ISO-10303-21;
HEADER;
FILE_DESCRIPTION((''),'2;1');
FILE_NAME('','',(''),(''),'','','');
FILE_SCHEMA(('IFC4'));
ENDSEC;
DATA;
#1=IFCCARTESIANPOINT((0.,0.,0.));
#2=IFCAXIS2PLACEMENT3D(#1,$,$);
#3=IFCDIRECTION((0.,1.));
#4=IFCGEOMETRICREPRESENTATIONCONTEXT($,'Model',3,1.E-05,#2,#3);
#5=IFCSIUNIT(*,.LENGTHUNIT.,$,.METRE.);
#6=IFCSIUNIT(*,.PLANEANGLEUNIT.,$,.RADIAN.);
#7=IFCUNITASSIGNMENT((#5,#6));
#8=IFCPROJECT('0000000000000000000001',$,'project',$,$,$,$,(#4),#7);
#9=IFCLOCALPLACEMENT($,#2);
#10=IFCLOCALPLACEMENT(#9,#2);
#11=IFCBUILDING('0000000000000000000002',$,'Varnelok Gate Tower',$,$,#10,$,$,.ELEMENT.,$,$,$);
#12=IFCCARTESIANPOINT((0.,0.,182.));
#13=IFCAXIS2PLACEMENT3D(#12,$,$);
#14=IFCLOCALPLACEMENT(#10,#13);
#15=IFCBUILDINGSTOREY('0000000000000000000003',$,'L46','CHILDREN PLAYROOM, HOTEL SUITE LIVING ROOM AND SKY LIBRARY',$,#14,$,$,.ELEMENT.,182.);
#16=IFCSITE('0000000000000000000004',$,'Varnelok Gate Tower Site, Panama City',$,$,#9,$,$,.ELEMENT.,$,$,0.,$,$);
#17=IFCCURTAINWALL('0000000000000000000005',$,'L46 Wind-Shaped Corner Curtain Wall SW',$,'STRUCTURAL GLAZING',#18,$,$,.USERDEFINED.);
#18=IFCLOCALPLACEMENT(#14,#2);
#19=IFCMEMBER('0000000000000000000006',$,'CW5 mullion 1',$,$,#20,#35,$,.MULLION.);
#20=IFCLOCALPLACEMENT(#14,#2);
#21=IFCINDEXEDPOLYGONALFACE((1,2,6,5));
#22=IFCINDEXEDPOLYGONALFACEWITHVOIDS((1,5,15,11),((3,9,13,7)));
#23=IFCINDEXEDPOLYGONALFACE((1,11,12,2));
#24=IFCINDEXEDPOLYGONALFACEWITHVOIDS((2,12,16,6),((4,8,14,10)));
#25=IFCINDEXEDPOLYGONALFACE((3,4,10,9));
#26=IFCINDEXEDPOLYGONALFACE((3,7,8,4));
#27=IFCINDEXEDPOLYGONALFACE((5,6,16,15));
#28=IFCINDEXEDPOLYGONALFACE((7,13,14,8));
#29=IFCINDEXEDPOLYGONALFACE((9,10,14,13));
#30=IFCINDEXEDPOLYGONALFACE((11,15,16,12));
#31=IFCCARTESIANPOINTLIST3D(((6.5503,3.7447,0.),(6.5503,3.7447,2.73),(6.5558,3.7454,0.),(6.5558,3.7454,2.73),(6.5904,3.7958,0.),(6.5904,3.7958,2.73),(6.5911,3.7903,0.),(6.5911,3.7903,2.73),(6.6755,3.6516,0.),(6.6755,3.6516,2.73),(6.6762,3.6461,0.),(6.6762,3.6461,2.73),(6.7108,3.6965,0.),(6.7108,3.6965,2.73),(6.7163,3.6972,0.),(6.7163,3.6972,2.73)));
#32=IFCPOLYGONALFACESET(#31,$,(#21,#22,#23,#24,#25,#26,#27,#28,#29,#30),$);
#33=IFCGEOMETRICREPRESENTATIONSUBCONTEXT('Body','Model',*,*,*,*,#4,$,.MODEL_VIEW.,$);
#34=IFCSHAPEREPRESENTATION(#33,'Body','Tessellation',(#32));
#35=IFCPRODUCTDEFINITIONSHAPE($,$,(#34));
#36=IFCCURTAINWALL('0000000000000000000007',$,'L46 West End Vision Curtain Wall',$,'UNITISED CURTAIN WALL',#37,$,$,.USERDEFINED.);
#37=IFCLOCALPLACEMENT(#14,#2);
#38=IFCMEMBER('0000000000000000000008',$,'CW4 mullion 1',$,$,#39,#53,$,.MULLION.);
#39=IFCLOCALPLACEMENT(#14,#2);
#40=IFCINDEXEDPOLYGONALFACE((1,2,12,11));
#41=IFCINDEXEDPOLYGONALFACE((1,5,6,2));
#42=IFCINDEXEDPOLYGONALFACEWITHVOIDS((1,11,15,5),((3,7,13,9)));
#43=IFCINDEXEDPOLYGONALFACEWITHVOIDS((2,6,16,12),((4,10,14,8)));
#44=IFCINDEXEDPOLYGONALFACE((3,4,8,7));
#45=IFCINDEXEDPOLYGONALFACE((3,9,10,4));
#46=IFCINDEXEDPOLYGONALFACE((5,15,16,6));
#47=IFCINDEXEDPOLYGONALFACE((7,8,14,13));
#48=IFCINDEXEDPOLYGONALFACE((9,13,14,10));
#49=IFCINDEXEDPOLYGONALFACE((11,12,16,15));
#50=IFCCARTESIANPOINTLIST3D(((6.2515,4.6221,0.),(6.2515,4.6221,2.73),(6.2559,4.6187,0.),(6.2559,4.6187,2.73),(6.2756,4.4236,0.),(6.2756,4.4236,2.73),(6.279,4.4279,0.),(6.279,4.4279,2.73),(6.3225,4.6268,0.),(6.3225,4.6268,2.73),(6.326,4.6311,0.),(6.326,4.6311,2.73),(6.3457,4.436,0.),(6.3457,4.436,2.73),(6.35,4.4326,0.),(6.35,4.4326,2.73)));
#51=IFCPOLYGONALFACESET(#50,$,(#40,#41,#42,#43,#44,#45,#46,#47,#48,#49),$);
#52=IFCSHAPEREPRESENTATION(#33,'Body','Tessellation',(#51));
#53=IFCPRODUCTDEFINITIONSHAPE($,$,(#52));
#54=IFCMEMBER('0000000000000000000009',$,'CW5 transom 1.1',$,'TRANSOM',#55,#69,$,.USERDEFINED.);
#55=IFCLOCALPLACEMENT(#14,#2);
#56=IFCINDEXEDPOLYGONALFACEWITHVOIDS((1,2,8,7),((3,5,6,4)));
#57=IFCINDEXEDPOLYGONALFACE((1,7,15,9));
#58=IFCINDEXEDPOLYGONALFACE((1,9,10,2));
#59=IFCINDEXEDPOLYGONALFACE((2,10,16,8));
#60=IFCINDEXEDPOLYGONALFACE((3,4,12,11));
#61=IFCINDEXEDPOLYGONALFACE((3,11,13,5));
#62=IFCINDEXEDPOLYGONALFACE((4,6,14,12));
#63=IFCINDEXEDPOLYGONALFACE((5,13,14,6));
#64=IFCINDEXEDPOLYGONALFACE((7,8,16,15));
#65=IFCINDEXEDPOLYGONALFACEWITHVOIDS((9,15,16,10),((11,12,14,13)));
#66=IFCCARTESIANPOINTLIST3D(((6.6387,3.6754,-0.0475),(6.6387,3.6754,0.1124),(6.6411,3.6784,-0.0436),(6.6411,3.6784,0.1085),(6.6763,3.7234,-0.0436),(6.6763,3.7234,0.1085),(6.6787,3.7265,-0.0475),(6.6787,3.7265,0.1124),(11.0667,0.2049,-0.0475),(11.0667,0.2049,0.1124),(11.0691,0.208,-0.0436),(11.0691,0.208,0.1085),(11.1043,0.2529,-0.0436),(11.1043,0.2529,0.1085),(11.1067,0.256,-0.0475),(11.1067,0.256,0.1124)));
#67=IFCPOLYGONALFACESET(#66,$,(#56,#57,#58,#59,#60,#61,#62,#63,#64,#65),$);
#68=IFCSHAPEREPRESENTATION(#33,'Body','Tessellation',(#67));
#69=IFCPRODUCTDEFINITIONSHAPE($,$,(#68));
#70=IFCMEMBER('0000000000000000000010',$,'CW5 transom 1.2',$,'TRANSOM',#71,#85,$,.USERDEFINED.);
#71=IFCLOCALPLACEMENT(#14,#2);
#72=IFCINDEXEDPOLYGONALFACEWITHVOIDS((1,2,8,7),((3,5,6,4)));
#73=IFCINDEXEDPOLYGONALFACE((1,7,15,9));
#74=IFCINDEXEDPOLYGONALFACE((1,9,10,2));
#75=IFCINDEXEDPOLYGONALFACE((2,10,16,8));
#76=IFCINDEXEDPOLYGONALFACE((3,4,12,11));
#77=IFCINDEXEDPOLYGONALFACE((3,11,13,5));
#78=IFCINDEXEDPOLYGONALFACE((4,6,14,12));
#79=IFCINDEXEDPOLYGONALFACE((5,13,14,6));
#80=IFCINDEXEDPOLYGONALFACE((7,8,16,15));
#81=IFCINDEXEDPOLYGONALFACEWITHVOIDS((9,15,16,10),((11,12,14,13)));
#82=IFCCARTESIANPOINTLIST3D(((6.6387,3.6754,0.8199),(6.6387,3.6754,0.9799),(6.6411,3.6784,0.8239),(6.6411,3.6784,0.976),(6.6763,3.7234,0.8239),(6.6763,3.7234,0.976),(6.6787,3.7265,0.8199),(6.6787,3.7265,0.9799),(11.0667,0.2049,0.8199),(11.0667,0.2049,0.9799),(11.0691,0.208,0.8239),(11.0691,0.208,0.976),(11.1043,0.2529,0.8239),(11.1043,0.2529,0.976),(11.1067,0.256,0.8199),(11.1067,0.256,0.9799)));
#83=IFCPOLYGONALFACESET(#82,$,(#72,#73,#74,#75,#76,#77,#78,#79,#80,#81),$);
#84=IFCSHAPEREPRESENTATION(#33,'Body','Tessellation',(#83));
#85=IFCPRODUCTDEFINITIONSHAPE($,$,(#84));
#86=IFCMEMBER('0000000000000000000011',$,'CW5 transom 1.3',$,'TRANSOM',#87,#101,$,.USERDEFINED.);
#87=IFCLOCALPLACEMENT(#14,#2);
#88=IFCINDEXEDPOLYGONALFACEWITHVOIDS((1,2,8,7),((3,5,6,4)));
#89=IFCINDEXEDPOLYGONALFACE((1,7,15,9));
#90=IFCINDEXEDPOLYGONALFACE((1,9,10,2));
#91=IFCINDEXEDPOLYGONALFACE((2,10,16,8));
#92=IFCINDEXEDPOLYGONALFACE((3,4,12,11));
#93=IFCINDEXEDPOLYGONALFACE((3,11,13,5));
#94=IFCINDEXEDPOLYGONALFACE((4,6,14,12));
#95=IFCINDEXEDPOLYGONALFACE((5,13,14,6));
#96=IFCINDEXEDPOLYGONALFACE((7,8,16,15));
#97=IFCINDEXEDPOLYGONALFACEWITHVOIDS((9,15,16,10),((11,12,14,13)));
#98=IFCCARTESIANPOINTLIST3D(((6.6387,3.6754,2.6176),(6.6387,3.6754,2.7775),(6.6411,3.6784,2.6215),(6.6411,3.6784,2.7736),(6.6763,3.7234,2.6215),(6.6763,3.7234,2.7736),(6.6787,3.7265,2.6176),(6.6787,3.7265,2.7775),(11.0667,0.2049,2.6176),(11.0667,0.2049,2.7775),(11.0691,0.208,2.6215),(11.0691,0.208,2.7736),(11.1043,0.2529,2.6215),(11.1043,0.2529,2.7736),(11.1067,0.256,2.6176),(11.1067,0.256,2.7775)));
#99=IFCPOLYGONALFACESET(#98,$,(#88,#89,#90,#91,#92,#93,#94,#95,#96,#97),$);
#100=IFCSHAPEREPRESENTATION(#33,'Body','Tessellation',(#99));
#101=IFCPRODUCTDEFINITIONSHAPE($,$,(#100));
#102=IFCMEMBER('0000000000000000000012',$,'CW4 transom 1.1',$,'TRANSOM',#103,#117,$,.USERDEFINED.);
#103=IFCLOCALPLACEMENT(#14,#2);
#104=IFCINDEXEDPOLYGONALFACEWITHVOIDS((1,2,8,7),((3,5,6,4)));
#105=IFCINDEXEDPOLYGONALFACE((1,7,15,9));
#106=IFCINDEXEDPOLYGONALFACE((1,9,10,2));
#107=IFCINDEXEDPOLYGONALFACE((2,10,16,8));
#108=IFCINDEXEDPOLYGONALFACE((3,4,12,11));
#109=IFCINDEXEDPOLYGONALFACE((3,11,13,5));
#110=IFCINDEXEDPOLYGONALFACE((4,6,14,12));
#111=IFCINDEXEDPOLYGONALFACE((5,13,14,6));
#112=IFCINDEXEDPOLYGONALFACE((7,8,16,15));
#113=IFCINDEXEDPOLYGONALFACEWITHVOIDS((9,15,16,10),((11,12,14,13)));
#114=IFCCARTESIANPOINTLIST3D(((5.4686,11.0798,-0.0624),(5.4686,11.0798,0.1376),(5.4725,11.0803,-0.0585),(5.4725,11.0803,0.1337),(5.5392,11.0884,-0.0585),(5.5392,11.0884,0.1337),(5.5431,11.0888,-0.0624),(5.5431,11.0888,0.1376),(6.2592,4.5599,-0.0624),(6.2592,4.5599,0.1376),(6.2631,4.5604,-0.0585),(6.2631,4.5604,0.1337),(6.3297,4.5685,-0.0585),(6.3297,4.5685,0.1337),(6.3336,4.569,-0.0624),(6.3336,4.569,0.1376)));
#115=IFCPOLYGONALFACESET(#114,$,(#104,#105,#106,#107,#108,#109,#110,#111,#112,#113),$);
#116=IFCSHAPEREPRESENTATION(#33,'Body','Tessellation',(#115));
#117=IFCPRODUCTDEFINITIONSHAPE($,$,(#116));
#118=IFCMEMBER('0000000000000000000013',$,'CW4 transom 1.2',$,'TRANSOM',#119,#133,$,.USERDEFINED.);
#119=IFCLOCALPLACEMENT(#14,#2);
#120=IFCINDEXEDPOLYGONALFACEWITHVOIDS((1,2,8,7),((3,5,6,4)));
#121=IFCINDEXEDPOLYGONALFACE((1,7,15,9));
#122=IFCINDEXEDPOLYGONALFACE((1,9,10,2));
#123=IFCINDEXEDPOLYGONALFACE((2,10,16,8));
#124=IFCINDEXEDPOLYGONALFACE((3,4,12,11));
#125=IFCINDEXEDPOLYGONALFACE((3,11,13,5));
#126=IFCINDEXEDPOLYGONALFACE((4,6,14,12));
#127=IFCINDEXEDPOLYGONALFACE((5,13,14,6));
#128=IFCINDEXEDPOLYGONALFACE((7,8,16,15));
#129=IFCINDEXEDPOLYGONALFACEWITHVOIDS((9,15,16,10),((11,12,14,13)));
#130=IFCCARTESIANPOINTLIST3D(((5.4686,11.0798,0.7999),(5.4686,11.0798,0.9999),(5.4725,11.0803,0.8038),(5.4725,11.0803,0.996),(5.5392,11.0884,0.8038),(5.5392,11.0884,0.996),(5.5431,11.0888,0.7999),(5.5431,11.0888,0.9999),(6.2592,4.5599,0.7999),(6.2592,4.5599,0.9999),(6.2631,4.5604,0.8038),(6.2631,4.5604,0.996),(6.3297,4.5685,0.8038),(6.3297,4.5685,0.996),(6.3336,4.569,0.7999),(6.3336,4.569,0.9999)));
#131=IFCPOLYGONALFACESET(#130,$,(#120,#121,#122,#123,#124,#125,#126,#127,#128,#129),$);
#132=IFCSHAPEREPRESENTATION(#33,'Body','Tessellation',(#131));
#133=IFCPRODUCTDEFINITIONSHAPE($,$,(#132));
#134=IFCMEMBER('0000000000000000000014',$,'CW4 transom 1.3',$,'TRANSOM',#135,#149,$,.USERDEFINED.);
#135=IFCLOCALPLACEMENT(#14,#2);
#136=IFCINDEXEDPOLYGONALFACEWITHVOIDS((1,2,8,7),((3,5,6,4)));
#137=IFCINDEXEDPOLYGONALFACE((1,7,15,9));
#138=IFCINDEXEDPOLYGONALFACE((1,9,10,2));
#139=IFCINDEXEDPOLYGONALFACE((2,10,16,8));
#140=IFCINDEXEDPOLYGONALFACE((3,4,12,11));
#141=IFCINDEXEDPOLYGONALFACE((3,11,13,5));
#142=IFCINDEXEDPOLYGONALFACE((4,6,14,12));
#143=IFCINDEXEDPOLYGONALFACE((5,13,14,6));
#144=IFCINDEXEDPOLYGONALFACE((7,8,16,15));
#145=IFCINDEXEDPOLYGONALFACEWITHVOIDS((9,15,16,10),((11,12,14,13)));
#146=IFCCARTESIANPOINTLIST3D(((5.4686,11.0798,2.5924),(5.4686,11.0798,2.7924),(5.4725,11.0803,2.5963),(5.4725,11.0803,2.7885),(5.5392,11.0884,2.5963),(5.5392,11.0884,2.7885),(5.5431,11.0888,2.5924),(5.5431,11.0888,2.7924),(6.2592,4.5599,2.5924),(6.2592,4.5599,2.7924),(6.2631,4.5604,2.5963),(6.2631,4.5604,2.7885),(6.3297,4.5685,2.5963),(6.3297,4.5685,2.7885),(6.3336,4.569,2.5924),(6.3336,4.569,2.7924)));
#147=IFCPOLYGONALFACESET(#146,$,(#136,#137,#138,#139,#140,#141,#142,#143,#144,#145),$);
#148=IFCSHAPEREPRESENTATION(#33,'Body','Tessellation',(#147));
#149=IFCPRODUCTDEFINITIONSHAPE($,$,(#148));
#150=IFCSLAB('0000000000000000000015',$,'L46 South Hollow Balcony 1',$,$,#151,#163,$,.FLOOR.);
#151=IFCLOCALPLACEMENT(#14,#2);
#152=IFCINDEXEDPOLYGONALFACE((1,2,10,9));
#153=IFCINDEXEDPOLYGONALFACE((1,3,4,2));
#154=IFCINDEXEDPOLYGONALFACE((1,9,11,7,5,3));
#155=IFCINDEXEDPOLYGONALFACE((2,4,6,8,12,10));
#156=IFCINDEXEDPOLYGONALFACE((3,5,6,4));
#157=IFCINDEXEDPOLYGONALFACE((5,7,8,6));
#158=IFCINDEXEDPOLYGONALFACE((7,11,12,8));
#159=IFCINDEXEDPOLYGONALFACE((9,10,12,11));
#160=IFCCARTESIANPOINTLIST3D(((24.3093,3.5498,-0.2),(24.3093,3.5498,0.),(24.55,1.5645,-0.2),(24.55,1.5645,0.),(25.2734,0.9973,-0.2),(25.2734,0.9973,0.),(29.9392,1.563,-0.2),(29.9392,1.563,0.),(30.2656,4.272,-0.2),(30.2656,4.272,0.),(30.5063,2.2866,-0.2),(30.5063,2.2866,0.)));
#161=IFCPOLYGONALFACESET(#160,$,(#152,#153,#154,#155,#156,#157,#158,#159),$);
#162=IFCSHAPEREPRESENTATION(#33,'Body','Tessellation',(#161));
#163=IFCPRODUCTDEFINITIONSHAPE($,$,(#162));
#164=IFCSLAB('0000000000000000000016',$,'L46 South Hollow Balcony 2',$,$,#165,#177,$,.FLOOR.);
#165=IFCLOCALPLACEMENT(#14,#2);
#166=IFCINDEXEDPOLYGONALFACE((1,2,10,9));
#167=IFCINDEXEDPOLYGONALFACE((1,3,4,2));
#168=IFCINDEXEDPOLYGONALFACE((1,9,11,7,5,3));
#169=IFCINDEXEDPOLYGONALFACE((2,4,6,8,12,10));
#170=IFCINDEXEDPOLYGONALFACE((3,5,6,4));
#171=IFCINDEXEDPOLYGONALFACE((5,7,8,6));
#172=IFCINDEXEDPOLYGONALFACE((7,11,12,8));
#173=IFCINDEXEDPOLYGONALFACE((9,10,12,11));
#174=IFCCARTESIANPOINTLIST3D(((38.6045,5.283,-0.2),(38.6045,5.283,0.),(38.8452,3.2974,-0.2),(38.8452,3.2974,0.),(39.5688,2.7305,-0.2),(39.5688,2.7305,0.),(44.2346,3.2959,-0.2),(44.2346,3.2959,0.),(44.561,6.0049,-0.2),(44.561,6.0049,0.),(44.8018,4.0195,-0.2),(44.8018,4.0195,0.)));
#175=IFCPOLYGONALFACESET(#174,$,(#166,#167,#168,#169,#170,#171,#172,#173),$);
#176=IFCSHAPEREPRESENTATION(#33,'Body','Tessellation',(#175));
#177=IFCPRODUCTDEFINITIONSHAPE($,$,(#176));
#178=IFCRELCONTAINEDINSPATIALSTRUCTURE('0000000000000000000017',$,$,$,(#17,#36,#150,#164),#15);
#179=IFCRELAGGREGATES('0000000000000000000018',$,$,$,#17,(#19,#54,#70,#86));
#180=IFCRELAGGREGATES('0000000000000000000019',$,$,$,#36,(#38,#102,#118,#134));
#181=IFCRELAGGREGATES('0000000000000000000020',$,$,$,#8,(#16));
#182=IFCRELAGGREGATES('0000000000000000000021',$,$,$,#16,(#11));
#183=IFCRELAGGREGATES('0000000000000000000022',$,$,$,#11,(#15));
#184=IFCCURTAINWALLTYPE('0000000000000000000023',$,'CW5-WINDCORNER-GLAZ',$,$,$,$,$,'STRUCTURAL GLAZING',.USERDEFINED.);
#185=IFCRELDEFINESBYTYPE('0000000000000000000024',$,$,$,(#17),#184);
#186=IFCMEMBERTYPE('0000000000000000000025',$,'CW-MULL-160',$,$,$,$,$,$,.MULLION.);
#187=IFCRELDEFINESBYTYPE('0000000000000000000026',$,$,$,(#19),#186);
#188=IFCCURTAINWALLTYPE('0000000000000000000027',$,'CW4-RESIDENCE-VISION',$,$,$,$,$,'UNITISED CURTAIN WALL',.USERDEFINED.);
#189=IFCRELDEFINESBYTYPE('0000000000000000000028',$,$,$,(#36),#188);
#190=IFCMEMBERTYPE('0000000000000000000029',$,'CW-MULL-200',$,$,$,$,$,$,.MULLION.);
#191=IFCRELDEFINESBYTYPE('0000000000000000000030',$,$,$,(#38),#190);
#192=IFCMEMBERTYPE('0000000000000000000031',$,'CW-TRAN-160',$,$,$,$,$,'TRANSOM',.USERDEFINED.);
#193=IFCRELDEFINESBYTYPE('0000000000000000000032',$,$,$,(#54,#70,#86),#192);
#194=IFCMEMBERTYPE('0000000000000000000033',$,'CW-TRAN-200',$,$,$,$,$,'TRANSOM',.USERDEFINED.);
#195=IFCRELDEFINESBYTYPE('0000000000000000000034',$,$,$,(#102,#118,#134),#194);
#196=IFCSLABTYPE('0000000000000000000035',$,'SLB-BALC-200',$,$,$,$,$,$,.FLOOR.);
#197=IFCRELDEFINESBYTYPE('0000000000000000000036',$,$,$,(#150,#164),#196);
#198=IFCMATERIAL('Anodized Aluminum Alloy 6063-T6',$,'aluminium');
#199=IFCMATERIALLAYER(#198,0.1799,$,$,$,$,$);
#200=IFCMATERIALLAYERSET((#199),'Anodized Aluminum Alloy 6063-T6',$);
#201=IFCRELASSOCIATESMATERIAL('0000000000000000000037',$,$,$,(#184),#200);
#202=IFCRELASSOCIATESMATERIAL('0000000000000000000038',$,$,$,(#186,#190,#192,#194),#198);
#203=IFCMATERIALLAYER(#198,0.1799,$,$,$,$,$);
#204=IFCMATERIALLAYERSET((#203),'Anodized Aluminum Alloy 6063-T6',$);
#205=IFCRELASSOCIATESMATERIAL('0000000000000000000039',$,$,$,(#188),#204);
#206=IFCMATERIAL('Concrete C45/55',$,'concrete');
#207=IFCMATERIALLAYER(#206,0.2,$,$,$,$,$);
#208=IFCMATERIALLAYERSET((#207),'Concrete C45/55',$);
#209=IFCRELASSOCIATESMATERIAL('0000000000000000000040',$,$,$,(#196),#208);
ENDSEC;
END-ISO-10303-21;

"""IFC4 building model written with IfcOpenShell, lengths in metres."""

from ifc_helpers import new_model, si_unit, direction, frame, origin, origin_2d, place, context, subcontext, project, spatial, polyline, hollow_rectangle, outline, extrude, material, layer, layer_set, material_profile, profile_set, type_object, element, aggregate, save


model = new_model("IFC4")

# Units and contexts
model_context = context("Model", 3, precision=1e-05, world=origin(), true_north=direction((0.0, 1.0)))
body_context = subcontext(model_context, "Body", "Model", "MODEL_VIEW")
ifc_project = project(units=[si_unit("LENGTHUNIT", "METRE"), si_unit("PLANEANGLEUNIT", "RADIAN")], contexts=[model_context])

# Site, building, storey
site_placement = place(None, origin())
site = spatial("IfcSite", under=ifc_project, at=site_placement, Name="Varnelok Gate Tower Site, Panama City", CompositionType="ELEMENT", RefElevation=0.0)
building_placement = place(site_placement, origin())
building = spatial("IfcBuilding", under=site, at=building_placement, Name="Varnelok Gate Tower", CompositionType="ELEMENT")
storey_placement = place(building_placement, frame((0.0, 0.0, 182.0)))
storey = spatial("IfcBuildingStorey", under=building, at=storey_placement, Name="L46", Description="CHILDREN PLAYROOM, HOTEL SUITE LIVING ROOM AND SKY LIBRARY", CompositionType="ELEMENT", Elevation=182.0)

# Curtain walls, members
ifc_material_1 = material(Name="Anodized Aluminum Alloy 6063-T6", Category="aluminium")
ifc_layer_1 = layer(ifc_material_1, 0.1799)
ifc_layer_set_1 = layer_set([ifc_layer_1], Name="Anodized Aluminum Alloy 6063-T6")
curtain_wall_type_1 = type_object("IfcCurtainWallType", Name="CW5-WINDCORNER-GLAZ", ElementType="STRUCTURAL GLAZING", PredefinedType="USERDEFINED", material=ifc_layer_set_1)
curtain_wall_1_placement = place(storey_placement, origin())
curtain_wall_1 = element("IfcCurtainWall", 1, at=curtain_wall_1_placement, inside=storey, type_object=curtain_wall_type_1, Name="L46 Wind-Shaped Corner Curtain Wall SW", ObjectType="STRUCTURAL GLAZING", PredefinedType="USERDEFINED")
ifc_material_profile_1 = material_profile(ifc_material_1, hollow_rectangle(XDim=0.0649, YDim=0.1599, WallThickness=0.0039, at=origin_2d()), Name="ALU160X65X4")
ifc_profile_set_1 = profile_set([ifc_material_profile_1], Name="Anodized Aluminum Alloy 6063-T6")
member_type_1 = type_object("IfcMemberType", Name="CW-MULL-160", PredefinedType="MULLION", material=ifc_profile_set_1)
member_1_placement = place(storey_placement, frame((6.6333, 3.7209, 0.0), z_axis=(0.0, 0.0, 1.0), x_axis=(0.616863, 0.787071, 0.0)))
member_1 = element("IfcMember", 2, at=member_1_placement, type_object=member_type_1, Name="CW5 mullion 1", PredefinedType="MULLION", context=body_context, shape_type="SweptSolid", body=[
    extrude(hollow_rectangle(XDim=0.0649, YDim=0.1599, WallThickness=0.0039, at=origin_2d()), origin(), (0.0, 0.0, 1.0), 2.73),
])
ifc_layer_2 = layer(ifc_material_1, 0.1799)
ifc_layer_set_2 = layer_set([ifc_layer_2], Name="Anodized Aluminum Alloy 6063-T6")
curtain_wall_type_2 = type_object("IfcCurtainWallType", Name="CW4-RESIDENCE-VISION", ElementType="UNITISED CURTAIN WALL", PredefinedType="USERDEFINED", material=ifc_layer_set_2)
curtain_wall_2_placement = place(storey_placement, origin())
curtain_wall_2 = element("IfcCurtainWall", 3, at=curtain_wall_2_placement, inside=storey, type_object=curtain_wall_type_2, Name="L46 West End Vision Curtain Wall", ObjectType="UNITISED CURTAIN WALL", PredefinedType="USERDEFINED")
ifc_material_profile_2 = material_profile(ifc_material_1, hollow_rectangle(XDim=0.075, YDim=0.2, WallThickness=0.0039, at=origin_2d()), Name="ALU200X75X4")
ifc_profile_set_2 = profile_set([ifc_material_profile_2], Name="Anodized Aluminum Alloy 6063-T6")
member_type_2 = type_object("IfcMemberType", Name="CW-MULL-200", PredefinedType="MULLION", material=ifc_profile_set_2)
member_2_placement = place(storey_placement, frame((6.3008, 4.5273, 0.0), z_axis=(0.0, 0.0, 1.0), x_axis=(-0.992732, -0.120345, 0.0)))
member_2 = element("IfcMember", 4, at=member_2_placement, type_object=member_type_2, Name="CW4 mullion 1", PredefinedType="MULLION", context=body_context, shape_type="SweptSolid", body=[
    extrude(hollow_rectangle(XDim=0.075, YDim=0.2, WallThickness=0.0039, at=origin_2d()), origin(), (0.0, 0.0, 1.0), 2.73),
])

# Members
ifc_material_profile_3 = material_profile(ifc_material_1, hollow_rectangle(XDim=0.0649, YDim=0.1599, WallThickness=0.0039, at=origin_2d()), Name="ALU160X65X4")
ifc_profile_set_3 = profile_set([ifc_material_profile_3], Name="Anodized Aluminum Alloy 6063-T6")
member_type_3 = type_object("IfcMemberType", Name="CW-TRAN-160", ElementType="TRANSOM", PredefinedType="USERDEFINED", material=ifc_profile_set_3)
member_3_placement = place(storey_placement, frame((6.6587, 3.7009, 0.0325), z_axis=(0.787066, -0.616869, 0.0), x_axis=(0.616869, 0.787066, 0.0)))
member_3 = element("IfcMember", 5, at=member_3_placement, type_object=member_type_3, Name="CW5 transom 1.1", ObjectType="TRANSOM", PredefinedType="USERDEFINED", context=body_context, shape_type="SweptSolid", body=[
    extrude(hollow_rectangle(XDim=0.0649, YDim=0.1599, WallThickness=0.0039, at=origin_2d()), origin(), (0.0, 0.0, 1.0), 5.626),
])
member_4_placement = place(storey_placement, frame((6.6587, 3.7009, 0.8999), z_axis=(0.787066, -0.616869, 0.0), x_axis=(0.616869, 0.787066, 0.0)))
member_4 = element("IfcMember", 6, at=member_4_placement, type_object=member_type_3, Name="CW5 transom 1.2", ObjectType="TRANSOM", PredefinedType="USERDEFINED", context=body_context, shape_type="SweptSolid", body=[
    extrude(hollow_rectangle(XDim=0.0649, YDim=0.1599, WallThickness=0.0039, at=origin_2d()), origin(), (0.0, 0.0, 1.0), 5.626),
])
member_5_placement = place(storey_placement, frame((6.6587, 3.7009, 2.6975), z_axis=(0.787066, -0.616869, 0.0), x_axis=(0.616869, 0.787066, 0.0)))
member_5 = element("IfcMember", 7, at=member_5_placement, type_object=member_type_3, Name="CW5 transom 1.3", ObjectType="TRANSOM", PredefinedType="USERDEFINED", context=body_context, shape_type="SweptSolid", body=[
    extrude(hollow_rectangle(XDim=0.0649, YDim=0.1599, WallThickness=0.0039, at=origin_2d()), origin(), (0.0, 0.0, 1.0), 5.626),
])
aggregate(curtain_wall_1, [member_1, member_3, member_4, member_5])
ifc_material_profile_4 = material_profile(ifc_material_1, hollow_rectangle(XDim=0.075, YDim=0.2, WallThickness=0.0039, at=origin_2d()), Name="ALU200X75X4")
ifc_profile_set_4 = profile_set([ifc_material_profile_4], Name="Anodized Aluminum Alloy 6063-T6")
member_type_4 = type_object("IfcMemberType", Name="CW-TRAN-200", ElementType="TRANSOM", PredefinedType="USERDEFINED", material=ifc_profile_set_4)
member_6_placement = place(storey_placement, frame((6.2964, 4.5645, 0.0376), z_axis=(-0.120369, 0.992729, 0.0), x_axis=(-0.992729, -0.120369, 0.0)))
member_6 = element("IfcMember", 8, at=member_6_placement, type_object=member_type_4, Name="CW4 transom 1.1", ObjectType="TRANSOM", PredefinedType="USERDEFINED", context=body_context, shape_type="SweptSolid", body=[
    extrude(hollow_rectangle(XDim=0.075, YDim=0.2, WallThickness=0.0039, at=origin_2d()), origin(), (0.0, 0.0, 1.0), 6.5676),
])
member_7_placement = place(storey_placement, frame((6.2964, 4.5645, 0.8999), z_axis=(-0.120369, 0.992729, 0.0), x_axis=(-0.992729, -0.120369, 0.0)))
member_7 = element("IfcMember", 9, at=member_7_placement, type_object=member_type_4, Name="CW4 transom 1.2", ObjectType="TRANSOM", PredefinedType="USERDEFINED", context=body_context, shape_type="SweptSolid", body=[
    extrude(hollow_rectangle(XDim=0.075, YDim=0.2, WallThickness=0.0039, at=origin_2d()), origin(), (0.0, 0.0, 1.0), 6.5676),
])
member_8_placement = place(storey_placement, frame((6.2964, 4.5645, 2.6924), z_axis=(-0.120369, 0.992729, 0.0), x_axis=(-0.992729, -0.120369, 0.0)))
member_8 = element("IfcMember", 10, at=member_8_placement, type_object=member_type_4, Name="CW4 transom 1.3", ObjectType="TRANSOM", PredefinedType="USERDEFINED", context=body_context, shape_type="SweptSolid", body=[
    extrude(hollow_rectangle(XDim=0.075, YDim=0.2, WallThickness=0.0039, at=origin_2d()), origin(), (0.0, 0.0, 1.0), 6.5676),
])

# Slabs
ifc_material_2 = material(Name="Concrete C45/55", Category="concrete")
ifc_layer_3 = layer(ifc_material_2, 0.2)
ifc_layer_set_3 = layer_set([ifc_layer_3], Name="Concrete C45/55")
slab_type_1 = type_object("IfcSlabType", Name="SLB-BALC-200", PredefinedType="FLOOR", material=ifc_layer_set_3)
slab_1_placement = place(storey_placement, frame((0.0, 0.0, -0.2)))
element("IfcSlab", 11, at=slab_1_placement, inside=storey, type_object=slab_type_1, Name="L46 South Hollow Balcony 1", PredefinedType="FLOOR", context=body_context, shape_type="SweptSolid", body=[
    extrude(outline(polyline([(24.55, 1.5645), (25.2734, 0.9973), (29.9392, 1.563), (30.5063, 2.2866), (30.2656, 4.272), (24.3093, 3.5498), (24.55, 1.5645)])), origin(), (0.0, 0.0, 1.0), 0.2),
])
slab_2_placement = place(storey_placement, frame((0.0, 0.0, -0.2)))
element("IfcSlab", 12, at=slab_2_placement, inside=storey, type_object=slab_type_1, Name="L46 South Hollow Balcony 2", PredefinedType="FLOOR", context=body_context, shape_type="SweptSolid", body=[
    extrude(outline(polyline([(38.8452, 3.2974), (39.5688, 2.7305), (44.2346, 3.2959), (44.8018, 4.0195), (44.561, 6.0049), (38.6045, 5.283), (38.8452, 3.2974)])), origin(), (0.0, 0.0, 1.0), 0.2),
])

aggregate(curtain_wall_2, [member_2, member_6, member_7, member_8])

save(model, "model.ifc")
